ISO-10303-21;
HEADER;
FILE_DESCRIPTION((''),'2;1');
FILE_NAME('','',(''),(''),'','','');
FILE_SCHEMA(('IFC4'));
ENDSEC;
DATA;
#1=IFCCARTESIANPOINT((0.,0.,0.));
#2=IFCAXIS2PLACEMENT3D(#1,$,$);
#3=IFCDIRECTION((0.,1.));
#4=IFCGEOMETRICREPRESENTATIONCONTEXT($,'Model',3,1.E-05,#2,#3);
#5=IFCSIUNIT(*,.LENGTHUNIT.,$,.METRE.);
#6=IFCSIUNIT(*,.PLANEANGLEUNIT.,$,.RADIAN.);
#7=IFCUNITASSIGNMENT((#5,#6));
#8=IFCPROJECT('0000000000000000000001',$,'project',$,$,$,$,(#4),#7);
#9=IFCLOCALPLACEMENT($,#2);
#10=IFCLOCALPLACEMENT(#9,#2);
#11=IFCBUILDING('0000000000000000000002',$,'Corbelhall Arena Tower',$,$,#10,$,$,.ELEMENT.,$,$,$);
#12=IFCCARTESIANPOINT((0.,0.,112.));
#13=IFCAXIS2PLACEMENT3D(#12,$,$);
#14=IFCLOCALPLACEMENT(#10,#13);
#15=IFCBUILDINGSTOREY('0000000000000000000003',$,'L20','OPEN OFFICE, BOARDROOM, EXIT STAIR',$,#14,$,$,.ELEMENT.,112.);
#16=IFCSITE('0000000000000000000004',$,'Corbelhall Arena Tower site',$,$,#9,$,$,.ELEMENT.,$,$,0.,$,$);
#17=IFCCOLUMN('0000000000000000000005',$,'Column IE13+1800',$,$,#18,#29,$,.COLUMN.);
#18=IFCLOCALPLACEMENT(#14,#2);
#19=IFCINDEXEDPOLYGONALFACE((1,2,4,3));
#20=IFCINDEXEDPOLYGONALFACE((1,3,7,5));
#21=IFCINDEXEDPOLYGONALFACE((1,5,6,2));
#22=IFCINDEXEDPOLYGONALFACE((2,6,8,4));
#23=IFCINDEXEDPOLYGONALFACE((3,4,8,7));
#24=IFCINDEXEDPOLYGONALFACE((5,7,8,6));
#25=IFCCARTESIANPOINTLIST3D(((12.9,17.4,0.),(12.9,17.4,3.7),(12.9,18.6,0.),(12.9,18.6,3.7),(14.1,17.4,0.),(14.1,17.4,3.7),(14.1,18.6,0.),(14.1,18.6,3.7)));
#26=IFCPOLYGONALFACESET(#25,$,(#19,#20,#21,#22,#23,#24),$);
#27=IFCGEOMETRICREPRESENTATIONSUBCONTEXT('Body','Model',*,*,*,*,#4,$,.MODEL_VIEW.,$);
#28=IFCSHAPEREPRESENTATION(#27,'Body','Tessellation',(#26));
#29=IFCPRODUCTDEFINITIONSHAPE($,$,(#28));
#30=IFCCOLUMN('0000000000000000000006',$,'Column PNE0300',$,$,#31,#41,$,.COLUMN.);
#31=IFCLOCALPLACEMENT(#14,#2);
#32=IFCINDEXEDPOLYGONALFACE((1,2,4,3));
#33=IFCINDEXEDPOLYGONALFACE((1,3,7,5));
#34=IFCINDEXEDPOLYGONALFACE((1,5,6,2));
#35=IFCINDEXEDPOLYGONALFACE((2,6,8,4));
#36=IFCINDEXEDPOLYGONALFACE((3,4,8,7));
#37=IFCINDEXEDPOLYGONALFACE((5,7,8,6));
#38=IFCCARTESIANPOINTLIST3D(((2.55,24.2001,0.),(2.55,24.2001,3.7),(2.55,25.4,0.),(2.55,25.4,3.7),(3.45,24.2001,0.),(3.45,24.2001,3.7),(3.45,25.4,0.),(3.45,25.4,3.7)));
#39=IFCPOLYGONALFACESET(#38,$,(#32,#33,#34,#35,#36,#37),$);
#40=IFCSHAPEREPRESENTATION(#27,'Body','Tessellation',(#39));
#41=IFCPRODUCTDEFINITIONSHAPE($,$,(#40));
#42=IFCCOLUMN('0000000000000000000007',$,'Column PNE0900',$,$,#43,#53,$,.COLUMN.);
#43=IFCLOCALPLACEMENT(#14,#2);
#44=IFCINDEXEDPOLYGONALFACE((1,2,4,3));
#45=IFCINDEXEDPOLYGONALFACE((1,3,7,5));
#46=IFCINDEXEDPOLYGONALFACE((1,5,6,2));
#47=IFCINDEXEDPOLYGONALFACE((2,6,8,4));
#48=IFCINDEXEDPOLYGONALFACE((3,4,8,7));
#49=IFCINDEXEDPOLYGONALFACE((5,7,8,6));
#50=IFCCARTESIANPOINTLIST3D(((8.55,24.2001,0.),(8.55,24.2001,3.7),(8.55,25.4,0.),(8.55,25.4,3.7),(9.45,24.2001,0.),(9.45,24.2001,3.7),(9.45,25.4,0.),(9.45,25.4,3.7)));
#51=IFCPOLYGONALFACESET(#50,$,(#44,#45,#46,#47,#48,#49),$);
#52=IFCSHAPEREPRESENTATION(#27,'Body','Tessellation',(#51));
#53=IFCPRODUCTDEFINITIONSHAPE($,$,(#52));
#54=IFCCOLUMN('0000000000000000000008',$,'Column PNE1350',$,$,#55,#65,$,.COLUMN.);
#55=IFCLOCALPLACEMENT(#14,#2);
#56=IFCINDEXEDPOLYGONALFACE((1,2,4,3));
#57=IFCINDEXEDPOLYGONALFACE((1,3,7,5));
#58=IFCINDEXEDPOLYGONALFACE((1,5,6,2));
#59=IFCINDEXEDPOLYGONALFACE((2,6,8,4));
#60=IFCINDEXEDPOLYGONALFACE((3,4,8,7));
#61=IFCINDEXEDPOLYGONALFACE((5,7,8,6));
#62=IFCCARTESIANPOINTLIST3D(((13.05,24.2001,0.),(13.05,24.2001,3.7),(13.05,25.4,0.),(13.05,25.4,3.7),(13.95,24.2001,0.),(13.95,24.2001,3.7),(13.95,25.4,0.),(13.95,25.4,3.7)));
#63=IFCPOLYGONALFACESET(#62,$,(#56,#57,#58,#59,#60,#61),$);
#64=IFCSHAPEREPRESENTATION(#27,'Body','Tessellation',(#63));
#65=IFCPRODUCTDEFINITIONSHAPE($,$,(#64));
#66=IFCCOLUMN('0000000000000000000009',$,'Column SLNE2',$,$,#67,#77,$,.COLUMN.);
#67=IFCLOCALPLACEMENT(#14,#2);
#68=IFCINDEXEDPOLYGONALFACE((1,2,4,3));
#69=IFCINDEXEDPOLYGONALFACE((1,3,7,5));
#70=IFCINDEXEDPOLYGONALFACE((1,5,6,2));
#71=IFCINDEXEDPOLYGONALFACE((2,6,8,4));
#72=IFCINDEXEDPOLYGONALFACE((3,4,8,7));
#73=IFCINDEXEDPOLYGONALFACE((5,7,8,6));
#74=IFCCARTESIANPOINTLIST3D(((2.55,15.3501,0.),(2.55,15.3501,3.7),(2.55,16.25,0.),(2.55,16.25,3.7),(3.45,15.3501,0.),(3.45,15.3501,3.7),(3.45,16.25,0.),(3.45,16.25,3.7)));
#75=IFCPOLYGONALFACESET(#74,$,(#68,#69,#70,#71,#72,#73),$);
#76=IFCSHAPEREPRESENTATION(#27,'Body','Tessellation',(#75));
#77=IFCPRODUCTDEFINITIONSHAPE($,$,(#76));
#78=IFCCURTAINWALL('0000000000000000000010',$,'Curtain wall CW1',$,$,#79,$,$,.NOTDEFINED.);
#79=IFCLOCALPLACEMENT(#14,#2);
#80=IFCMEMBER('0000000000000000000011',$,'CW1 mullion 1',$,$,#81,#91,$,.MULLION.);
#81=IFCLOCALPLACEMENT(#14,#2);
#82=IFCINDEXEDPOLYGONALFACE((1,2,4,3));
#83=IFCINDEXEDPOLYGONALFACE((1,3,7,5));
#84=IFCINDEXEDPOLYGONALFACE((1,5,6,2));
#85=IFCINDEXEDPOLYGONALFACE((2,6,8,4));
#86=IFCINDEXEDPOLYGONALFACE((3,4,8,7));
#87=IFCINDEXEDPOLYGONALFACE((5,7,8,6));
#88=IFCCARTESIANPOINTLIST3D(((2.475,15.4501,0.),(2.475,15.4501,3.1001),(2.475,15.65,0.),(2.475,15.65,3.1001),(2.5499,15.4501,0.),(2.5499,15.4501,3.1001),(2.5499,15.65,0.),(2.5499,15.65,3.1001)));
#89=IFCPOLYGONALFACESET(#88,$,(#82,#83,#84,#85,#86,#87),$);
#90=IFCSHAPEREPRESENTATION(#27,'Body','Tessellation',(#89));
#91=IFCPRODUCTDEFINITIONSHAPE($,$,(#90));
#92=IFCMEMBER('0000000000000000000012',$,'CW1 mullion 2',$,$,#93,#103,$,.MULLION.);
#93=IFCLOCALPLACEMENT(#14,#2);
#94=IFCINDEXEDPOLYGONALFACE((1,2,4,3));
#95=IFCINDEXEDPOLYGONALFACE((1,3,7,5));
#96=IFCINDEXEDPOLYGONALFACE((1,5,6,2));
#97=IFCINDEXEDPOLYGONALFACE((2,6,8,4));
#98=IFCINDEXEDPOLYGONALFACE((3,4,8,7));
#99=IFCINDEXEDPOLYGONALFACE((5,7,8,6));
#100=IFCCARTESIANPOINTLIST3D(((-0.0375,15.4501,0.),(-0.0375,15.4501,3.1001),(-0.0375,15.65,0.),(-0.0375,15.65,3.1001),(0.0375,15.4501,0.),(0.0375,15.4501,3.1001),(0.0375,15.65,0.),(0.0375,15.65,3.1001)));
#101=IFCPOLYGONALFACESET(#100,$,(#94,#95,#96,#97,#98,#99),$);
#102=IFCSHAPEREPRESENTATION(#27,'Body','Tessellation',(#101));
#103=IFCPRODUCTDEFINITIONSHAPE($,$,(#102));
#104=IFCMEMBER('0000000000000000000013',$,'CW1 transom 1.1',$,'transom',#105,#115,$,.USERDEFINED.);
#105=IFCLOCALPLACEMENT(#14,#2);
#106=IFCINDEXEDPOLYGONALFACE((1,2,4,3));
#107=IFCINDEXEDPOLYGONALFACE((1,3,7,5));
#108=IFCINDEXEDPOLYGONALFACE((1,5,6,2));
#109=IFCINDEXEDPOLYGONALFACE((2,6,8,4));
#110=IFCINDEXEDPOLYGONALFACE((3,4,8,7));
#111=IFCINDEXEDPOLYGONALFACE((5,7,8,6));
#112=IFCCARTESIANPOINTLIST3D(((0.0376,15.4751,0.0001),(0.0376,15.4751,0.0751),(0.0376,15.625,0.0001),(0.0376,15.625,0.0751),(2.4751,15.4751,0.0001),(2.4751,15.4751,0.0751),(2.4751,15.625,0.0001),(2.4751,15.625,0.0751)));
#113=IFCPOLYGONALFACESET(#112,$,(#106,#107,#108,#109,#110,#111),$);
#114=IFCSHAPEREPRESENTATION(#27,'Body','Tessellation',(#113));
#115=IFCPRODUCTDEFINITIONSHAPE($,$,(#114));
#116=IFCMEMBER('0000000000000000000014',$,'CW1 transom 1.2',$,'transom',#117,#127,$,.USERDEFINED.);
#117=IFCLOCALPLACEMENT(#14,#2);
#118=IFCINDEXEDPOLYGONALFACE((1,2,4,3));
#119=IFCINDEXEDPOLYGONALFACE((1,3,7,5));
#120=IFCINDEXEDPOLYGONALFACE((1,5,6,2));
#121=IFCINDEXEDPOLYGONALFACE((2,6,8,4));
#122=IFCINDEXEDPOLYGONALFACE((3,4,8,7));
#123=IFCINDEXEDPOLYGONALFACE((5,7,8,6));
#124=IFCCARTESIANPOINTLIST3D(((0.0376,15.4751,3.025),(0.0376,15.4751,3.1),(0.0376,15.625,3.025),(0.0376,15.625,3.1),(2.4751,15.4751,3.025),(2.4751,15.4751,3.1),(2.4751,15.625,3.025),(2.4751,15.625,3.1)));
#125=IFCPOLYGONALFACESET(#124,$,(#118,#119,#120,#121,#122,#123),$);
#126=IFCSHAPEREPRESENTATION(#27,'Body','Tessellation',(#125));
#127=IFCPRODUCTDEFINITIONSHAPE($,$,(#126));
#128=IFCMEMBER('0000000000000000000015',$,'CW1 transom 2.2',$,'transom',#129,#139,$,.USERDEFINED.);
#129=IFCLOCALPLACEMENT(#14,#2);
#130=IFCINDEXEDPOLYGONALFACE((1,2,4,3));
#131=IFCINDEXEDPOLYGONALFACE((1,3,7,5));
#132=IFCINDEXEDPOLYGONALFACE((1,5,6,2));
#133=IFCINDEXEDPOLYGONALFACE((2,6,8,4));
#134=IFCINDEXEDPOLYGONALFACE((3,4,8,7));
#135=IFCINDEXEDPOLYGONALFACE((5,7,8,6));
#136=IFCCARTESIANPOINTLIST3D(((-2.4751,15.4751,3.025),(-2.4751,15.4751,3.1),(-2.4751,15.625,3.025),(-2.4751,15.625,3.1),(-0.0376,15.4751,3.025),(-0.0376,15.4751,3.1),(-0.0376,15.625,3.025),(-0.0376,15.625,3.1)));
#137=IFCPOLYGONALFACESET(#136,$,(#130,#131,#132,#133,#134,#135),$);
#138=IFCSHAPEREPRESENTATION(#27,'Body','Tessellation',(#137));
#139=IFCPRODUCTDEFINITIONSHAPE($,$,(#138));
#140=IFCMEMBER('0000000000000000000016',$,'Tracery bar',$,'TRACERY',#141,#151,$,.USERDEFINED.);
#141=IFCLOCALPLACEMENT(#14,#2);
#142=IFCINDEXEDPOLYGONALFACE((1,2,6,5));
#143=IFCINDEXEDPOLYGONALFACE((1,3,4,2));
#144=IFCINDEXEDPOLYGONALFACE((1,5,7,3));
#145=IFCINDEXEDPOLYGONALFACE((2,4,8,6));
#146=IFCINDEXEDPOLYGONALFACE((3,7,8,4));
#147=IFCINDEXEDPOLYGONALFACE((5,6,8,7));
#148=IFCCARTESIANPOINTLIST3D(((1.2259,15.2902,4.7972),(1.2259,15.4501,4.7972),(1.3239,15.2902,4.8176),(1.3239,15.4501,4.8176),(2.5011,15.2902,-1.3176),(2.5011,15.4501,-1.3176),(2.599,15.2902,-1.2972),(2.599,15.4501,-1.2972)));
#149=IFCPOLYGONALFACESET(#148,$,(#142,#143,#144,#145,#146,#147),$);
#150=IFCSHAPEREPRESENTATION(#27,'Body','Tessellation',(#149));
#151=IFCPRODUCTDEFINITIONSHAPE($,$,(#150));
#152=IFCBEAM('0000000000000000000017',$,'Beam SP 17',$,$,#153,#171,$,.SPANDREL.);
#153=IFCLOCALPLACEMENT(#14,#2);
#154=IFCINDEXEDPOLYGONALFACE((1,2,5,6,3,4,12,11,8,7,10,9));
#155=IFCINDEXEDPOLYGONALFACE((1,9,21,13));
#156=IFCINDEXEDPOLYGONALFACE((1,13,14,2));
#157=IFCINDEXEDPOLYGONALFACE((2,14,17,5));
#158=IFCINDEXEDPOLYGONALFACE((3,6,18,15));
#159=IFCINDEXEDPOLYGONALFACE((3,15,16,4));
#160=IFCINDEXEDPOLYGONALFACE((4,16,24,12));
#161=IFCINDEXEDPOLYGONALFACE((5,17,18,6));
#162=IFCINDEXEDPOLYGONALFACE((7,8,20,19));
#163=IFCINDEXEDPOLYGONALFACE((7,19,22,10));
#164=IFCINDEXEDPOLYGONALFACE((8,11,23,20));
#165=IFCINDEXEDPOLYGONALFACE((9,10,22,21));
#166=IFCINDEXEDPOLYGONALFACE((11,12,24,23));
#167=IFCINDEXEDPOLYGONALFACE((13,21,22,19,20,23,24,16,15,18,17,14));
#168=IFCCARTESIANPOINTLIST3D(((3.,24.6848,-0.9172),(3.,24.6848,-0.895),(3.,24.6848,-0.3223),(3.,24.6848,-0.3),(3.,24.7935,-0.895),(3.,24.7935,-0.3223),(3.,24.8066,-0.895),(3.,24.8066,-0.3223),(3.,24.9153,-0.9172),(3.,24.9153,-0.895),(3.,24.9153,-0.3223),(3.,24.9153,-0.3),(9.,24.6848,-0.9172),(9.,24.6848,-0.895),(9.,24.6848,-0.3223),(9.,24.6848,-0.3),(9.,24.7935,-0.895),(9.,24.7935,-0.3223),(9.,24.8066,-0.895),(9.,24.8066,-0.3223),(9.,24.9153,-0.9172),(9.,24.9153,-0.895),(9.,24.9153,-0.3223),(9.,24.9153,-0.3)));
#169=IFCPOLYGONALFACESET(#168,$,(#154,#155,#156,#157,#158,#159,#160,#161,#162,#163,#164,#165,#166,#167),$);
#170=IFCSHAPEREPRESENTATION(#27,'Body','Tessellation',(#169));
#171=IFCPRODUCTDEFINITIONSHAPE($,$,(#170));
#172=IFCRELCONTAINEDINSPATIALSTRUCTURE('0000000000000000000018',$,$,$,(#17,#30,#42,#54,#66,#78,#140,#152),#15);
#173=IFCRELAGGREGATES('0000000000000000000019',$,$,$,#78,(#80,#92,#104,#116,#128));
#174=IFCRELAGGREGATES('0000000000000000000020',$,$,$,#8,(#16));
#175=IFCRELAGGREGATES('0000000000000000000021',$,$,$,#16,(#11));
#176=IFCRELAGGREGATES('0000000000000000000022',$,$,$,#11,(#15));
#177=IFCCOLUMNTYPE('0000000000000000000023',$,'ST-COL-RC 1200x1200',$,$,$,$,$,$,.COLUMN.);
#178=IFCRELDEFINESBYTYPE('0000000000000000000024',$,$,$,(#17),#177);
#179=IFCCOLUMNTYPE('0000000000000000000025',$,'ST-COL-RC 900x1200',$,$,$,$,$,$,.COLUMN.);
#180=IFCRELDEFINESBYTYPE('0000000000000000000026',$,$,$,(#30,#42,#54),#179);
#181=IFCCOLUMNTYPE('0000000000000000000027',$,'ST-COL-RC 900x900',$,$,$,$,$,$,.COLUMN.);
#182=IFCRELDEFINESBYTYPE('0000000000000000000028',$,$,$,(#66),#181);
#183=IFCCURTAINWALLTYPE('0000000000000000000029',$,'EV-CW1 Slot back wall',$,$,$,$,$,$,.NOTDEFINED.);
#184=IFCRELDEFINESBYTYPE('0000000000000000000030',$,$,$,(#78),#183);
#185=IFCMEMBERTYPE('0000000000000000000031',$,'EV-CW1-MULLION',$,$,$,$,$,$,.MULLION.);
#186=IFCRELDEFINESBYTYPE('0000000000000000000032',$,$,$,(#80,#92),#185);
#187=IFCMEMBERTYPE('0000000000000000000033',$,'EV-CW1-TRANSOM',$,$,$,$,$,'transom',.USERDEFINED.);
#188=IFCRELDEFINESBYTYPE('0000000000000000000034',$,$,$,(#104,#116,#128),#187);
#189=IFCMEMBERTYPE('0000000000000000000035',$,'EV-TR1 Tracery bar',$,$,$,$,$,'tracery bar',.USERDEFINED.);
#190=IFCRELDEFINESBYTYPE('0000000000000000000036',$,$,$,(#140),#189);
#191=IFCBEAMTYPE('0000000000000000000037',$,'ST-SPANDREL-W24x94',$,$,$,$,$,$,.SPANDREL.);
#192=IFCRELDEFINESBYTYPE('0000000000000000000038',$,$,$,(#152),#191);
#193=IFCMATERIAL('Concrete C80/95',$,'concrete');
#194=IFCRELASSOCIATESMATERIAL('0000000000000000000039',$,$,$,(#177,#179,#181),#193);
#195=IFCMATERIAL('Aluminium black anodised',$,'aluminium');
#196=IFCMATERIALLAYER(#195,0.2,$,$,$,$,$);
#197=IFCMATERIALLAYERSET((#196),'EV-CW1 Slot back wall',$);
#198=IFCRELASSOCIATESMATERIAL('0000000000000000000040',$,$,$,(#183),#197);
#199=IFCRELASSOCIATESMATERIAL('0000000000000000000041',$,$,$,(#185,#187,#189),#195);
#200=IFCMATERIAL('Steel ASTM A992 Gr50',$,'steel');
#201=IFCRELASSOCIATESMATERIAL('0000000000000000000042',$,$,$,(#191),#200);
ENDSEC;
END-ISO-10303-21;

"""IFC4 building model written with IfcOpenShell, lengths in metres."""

from ifc_helpers import new_model, si_unit, direction, frame, origin, origin_2d, place, context, subcontext, project, spatial, rectangle, i_section, extrude, material, layer, layer_set, material_profile, profile_set, type_object, element, aggregate, save


model = new_model("IFC4")

# Units and contexts
model_context = context("Model", 3, precision=1e-05, world=origin(), true_north=direction((0.0, 1.0)))
body_context = subcontext(model_context, "Body", "Model", "MODEL_VIEW")
ifc_project = project(units=[si_unit("LENGTHUNIT", "METRE"), si_unit("PLANEANGLEUNIT", "RADIAN")], contexts=[model_context])

# Site, building, storey
site_placement = place(None, origin())
site = spatial("IfcSite", under=ifc_project, at=site_placement, Name="Corbelhall Arena Tower site", CompositionType="ELEMENT", RefElevation=0.0)
building_placement = place(site_placement, origin())
building = spatial("IfcBuilding", under=site, at=building_placement, Name="Corbelhall Arena Tower", CompositionType="ELEMENT")
storey_placement = place(building_placement, frame((0.0, 0.0, 112.0)))
storey = spatial("IfcBuildingStorey", under=building, at=storey_placement, Name="L20", Description="OPEN OFFICE, BOARDROOM, EXIT STAIR", CompositionType="ELEMENT", Elevation=112.0)

# Columns
ifc_material_1 = material(Name="Concrete C80/95", Category="concrete")
ifc_material_profile_1 = material_profile(ifc_material_1, rectangle(XDim=1.2, YDim=1.2, at=origin_2d()))
ifc_profile_set_1 = profile_set([ifc_material_profile_1], Name="Concrete C80/95")
column_type_1 = type_object("IfcColumnType", Name="ST-COL-RC 1200x1200", PredefinedType="COLUMN", material=ifc_profile_set_1)
column_1_placement = place(storey_placement, frame((13.5, 18.0, 0.0), z_axis=(0.0, 0.0, 1.0), x_axis=(1.0, 0.0, 0.0)))
element("IfcColumn", 1, at=column_1_placement, inside=storey, type_object=column_type_1, Name="Column IE13+1800", PredefinedType="COLUMN", context=body_context, shape_type="SweptSolid", body=[
    extrude(rectangle(XDim=1.2, YDim=1.2, at=origin_2d()), origin(), (0.0, 0.0, 1.0), 3.7),
])
ifc_material_profile_2 = material_profile(ifc_material_1, rectangle(XDim=0.8999, YDim=1.2, at=origin_2d()))
ifc_profile_set_2 = profile_set([ifc_material_profile_2], Name="Concrete C80/95")
column_type_2 = type_object("IfcColumnType", Name="ST-COL-RC 900x1200", PredefinedType="COLUMN", material=ifc_profile_set_2)
for number, where, z_axis, x_axis, name in (
    (2, (3.0, 24.8, 0.0), (0.0, 0.0, 1.0), (1.0, 0.0, 0.0), "Column PNE0300"),
    (3, (9.0, 24.8, 0.0), (0.0, 0.0, 1.0), (1.0, 0.0, 0.0), "Column PNE0900"),
    (4, (13.5, 24.8, 0.0), (0.0, 0.0, 1.0), (1.0, 0.0, 0.0), "Column PNE1350"),
):
    element("IfcColumn", number, at=place(storey_placement, frame(where, z_axis=z_axis, x_axis=x_axis)), inside=storey, type_object=column_type_2, Name=name, PredefinedType="COLUMN", context=body_context, shape_type="SweptSolid", body=[
        extrude(rectangle(XDim=0.8999, YDim=1.2, at=origin_2d()), origin(), (0.0, 0.0, 1.0), 3.7),
    ])
ifc_material_profile_3 = material_profile(ifc_material_1, rectangle(XDim=0.8999, YDim=0.8999, at=origin_2d()))
ifc_profile_set_3 = profile_set([ifc_material_profile_3], Name="Concrete C80/95")
column_type_3 = type_object("IfcColumnType", Name="ST-COL-RC 900x900", PredefinedType="COLUMN", material=ifc_profile_set_3)
column_2_placement = place(storey_placement, frame((3.0, 15.8, 0.0), z_axis=(0.0, 0.0, 1.0), x_axis=(1.0, 0.0, 0.0)))
element("IfcColumn", 5, at=column_2_placement, inside=storey, type_object=column_type_3, Name="Column SLNE2", PredefinedType="COLUMN", context=body_context, shape_type="SweptSolid", body=[
    extrude(rectangle(XDim=0.8999, YDim=0.8999, at=origin_2d()), origin(), (0.0, 0.0, 1.0), 3.7),
])

# Curtain wall, members
ifc_material_2 = material(Name="Aluminium black anodised", Category="aluminium")
ifc_layer_1 = layer(ifc_material_2, 0.2)
ifc_layer_set_1 = layer_set([ifc_layer_1], Name="EV-CW1 Slot back wall")
curtain_wall_type = type_object("IfcCurtainWallType", Name="EV-CW1 Slot back wall", PredefinedType="NOTDEFINED", material=ifc_layer_set_1)
curtain_wall_placement = place(storey_placement, origin())
curtain_wall = element("IfcCurtainWall", 6, at=curtain_wall_placement, inside=storey, type_object=curtain_wall_type, Name="Curtain wall CW1", PredefinedType="NOTDEFINED")
ifc_material_profile_4 = material_profile(ifc_material_2, rectangle(XDim=0.2, YDim=0.075, at=origin_2d()))
ifc_profile_set_4 = profile_set([ifc_material_profile_4], Name="Aluminium black anodised")
member_type_1 = type_object("IfcMemberType", Name="EV-CW1-MULLION", PredefinedType="MULLION", material=ifc_profile_set_4)
member_1_placement = place(storey_placement, frame((2.5125, 15.55, 0.0), z_axis=(0.0, 0.0, 1.0), x_axis=(0.0, -1.0, 0.0)))
member_1 = element("IfcMember", 7, at=member_1_placement, type_object=member_type_1, Name="CW1 mullion 1", PredefinedType="MULLION", context=body_context, shape_type="SweptSolid", body=[
    extrude(rectangle(XDim=0.2, YDim=0.075, at=origin_2d()), origin(), (0.0, 0.0, 1.0), 3.1001),
])
member_2_placement = place(storey_placement, frame((0.0, 15.55, 0.0), z_axis=(0.0, 0.0, 1.0), x_axis=(0.0, -1.0, 0.0)))
member_2 = element("IfcMember", 8, at=member_2_placement, type_object=member_type_1, Name="CW1 mullion 2", PredefinedType="MULLION", context=body_context, shape_type="SweptSolid", body=[
    extrude(rectangle(XDim=0.2, YDim=0.075, at=origin_2d()), origin(), (0.0, 0.0, 1.0), 3.1001),
])
ifc_material_profile_5 = material_profile(ifc_material_2, rectangle(XDim=0.1499, YDim=0.075, at=origin_2d()))
ifc_profile_set_5 = profile_set([ifc_material_profile_5], Name="Aluminium black anodised")
member_type_2 = type_object("IfcMemberType", Name="EV-CW1-TRANSOM", ElementType="transom", PredefinedType="USERDEFINED", material=ifc_profile_set_5)
member_3_placement = place(storey_placement, frame((2.4751, 15.55, 0.0376), z_axis=(-1.0, 0.0, 0.0), x_axis=(0.0, -1.0, 0.0)))
member_3 = element("IfcMember", 9, at=member_3_placement, type_object=member_type_2, Name="CW1 transom 1.1", ObjectType="transom", PredefinedType="USERDEFINED", context=body_context, shape_type="SweptSolid", body=[
    extrude(rectangle(XDim=0.1499, YDim=0.075, at=origin_2d()), origin(), (0.0, 0.0, 1.0), 2.4375),
])
member_4_placement = place(storey_placement, frame((2.4751, 15.55, 3.0625), z_axis=(-1.0, 0.0, 0.0), x_axis=(0.0, -1.0, 0.0)))
member_4 = element("IfcMember", 10, at=member_4_placement, type_object=member_type_2, Name="CW1 transom 1.2", ObjectType="transom", PredefinedType="USERDEFINED", context=body_context, shape_type="SweptSolid", body=[
    extrude(rectangle(XDim=0.1499, YDim=0.075, at=origin_2d()), origin(), (0.0, 0.0, 1.0), 2.4375),
])
member_5_placement = place(storey_placement, frame((-0.0376, 15.55, 3.0625), z_axis=(-1.0, 0.0, 0.0), x_axis=(0.0, -1.0, 0.0)))
member_5 = element("IfcMember", 11, at=member_5_placement, type_object=member_type_2, Name="CW1 transom 2.2", ObjectType="transom", PredefinedType="USERDEFINED", context=body_context, shape_type="SweptSolid", body=[
    extrude(rectangle(XDim=0.1499, YDim=0.075, at=origin_2d()), origin(), (0.0, 0.0, 1.0), 2.4375),
])

# Member
ifc_material_profile_6 = material_profile(ifc_material_2, rectangle(XDim=0.1599, YDim=0.1001, at=origin_2d()))
ifc_profile_set_6 = profile_set([ifc_material_profile_6], Name="Aluminium black anodised")
member_type_3 = type_object("IfcMemberType", Name="EV-TR1 Tracery bar", ElementType="tracery bar", PredefinedType="USERDEFINED", material=ifc_profile_set_6)
member_6_placement = place(storey_placement, frame((2.55, 15.3701, -1.3074), z_axis=(-0.204145, 0.0, 0.978941), x_axis=(0.0, -1.0, 0.0)))
element("IfcMember", 12, at=member_6_placement, inside=storey, type_object=member_type_3, Name="Tracery bar", ObjectType="TRACERY", PredefinedType="USERDEFINED", context=body_context, shape_type="SweptSolid", body=[
    extrude(rectangle(XDim=0.1599, YDim=0.1001, at=origin_2d()), origin(), (0.0, 0.0, 1.0), 6.2463),
])

# Beam
ifc_material_3 = material(Name="Steel ASTM A992 Gr50", Category="steel")
ifc_material_profile_7 = material_profile(ifc_material_3, i_section(OverallWidth=0.2305, OverallDepth=0.6172, WebThickness=0.0132, FlangeThickness=0.0222, at=origin_2d()))
ifc_profile_set_7 = profile_set([ifc_material_profile_7], Name="Steel ASTM A992 Gr50")
beam_type_1 = type_object("IfcBeamType", Name="ST-SPANDREL-W24x94", PredefinedType="SPANDREL", material=ifc_profile_set_7)
beam_1_placement = place(storey_placement, frame((3.0, 24.8, -0.6086), z_axis=(1.0, 0.0, 0.0), x_axis=(0.0, 1.0, 0.0)))
element("IfcBeam", 13, at=beam_1_placement, inside=storey, type_object=beam_type_1, Name="Beam SP 17", PredefinedType="SPANDREL", context=body_context, shape_type="SweptSolid", body=[
    extrude(i_section(OverallWidth=0.2305, OverallDepth=0.6172, WebThickness=0.0132, FlangeThickness=0.0222, at=origin_2d()), origin(), (0.0, 0.0, 1.0), 6.0),
])

aggregate(curtain_wall, [member_1, member_2, member_3, member_4, member_5])

save(model, "model.ifc")
